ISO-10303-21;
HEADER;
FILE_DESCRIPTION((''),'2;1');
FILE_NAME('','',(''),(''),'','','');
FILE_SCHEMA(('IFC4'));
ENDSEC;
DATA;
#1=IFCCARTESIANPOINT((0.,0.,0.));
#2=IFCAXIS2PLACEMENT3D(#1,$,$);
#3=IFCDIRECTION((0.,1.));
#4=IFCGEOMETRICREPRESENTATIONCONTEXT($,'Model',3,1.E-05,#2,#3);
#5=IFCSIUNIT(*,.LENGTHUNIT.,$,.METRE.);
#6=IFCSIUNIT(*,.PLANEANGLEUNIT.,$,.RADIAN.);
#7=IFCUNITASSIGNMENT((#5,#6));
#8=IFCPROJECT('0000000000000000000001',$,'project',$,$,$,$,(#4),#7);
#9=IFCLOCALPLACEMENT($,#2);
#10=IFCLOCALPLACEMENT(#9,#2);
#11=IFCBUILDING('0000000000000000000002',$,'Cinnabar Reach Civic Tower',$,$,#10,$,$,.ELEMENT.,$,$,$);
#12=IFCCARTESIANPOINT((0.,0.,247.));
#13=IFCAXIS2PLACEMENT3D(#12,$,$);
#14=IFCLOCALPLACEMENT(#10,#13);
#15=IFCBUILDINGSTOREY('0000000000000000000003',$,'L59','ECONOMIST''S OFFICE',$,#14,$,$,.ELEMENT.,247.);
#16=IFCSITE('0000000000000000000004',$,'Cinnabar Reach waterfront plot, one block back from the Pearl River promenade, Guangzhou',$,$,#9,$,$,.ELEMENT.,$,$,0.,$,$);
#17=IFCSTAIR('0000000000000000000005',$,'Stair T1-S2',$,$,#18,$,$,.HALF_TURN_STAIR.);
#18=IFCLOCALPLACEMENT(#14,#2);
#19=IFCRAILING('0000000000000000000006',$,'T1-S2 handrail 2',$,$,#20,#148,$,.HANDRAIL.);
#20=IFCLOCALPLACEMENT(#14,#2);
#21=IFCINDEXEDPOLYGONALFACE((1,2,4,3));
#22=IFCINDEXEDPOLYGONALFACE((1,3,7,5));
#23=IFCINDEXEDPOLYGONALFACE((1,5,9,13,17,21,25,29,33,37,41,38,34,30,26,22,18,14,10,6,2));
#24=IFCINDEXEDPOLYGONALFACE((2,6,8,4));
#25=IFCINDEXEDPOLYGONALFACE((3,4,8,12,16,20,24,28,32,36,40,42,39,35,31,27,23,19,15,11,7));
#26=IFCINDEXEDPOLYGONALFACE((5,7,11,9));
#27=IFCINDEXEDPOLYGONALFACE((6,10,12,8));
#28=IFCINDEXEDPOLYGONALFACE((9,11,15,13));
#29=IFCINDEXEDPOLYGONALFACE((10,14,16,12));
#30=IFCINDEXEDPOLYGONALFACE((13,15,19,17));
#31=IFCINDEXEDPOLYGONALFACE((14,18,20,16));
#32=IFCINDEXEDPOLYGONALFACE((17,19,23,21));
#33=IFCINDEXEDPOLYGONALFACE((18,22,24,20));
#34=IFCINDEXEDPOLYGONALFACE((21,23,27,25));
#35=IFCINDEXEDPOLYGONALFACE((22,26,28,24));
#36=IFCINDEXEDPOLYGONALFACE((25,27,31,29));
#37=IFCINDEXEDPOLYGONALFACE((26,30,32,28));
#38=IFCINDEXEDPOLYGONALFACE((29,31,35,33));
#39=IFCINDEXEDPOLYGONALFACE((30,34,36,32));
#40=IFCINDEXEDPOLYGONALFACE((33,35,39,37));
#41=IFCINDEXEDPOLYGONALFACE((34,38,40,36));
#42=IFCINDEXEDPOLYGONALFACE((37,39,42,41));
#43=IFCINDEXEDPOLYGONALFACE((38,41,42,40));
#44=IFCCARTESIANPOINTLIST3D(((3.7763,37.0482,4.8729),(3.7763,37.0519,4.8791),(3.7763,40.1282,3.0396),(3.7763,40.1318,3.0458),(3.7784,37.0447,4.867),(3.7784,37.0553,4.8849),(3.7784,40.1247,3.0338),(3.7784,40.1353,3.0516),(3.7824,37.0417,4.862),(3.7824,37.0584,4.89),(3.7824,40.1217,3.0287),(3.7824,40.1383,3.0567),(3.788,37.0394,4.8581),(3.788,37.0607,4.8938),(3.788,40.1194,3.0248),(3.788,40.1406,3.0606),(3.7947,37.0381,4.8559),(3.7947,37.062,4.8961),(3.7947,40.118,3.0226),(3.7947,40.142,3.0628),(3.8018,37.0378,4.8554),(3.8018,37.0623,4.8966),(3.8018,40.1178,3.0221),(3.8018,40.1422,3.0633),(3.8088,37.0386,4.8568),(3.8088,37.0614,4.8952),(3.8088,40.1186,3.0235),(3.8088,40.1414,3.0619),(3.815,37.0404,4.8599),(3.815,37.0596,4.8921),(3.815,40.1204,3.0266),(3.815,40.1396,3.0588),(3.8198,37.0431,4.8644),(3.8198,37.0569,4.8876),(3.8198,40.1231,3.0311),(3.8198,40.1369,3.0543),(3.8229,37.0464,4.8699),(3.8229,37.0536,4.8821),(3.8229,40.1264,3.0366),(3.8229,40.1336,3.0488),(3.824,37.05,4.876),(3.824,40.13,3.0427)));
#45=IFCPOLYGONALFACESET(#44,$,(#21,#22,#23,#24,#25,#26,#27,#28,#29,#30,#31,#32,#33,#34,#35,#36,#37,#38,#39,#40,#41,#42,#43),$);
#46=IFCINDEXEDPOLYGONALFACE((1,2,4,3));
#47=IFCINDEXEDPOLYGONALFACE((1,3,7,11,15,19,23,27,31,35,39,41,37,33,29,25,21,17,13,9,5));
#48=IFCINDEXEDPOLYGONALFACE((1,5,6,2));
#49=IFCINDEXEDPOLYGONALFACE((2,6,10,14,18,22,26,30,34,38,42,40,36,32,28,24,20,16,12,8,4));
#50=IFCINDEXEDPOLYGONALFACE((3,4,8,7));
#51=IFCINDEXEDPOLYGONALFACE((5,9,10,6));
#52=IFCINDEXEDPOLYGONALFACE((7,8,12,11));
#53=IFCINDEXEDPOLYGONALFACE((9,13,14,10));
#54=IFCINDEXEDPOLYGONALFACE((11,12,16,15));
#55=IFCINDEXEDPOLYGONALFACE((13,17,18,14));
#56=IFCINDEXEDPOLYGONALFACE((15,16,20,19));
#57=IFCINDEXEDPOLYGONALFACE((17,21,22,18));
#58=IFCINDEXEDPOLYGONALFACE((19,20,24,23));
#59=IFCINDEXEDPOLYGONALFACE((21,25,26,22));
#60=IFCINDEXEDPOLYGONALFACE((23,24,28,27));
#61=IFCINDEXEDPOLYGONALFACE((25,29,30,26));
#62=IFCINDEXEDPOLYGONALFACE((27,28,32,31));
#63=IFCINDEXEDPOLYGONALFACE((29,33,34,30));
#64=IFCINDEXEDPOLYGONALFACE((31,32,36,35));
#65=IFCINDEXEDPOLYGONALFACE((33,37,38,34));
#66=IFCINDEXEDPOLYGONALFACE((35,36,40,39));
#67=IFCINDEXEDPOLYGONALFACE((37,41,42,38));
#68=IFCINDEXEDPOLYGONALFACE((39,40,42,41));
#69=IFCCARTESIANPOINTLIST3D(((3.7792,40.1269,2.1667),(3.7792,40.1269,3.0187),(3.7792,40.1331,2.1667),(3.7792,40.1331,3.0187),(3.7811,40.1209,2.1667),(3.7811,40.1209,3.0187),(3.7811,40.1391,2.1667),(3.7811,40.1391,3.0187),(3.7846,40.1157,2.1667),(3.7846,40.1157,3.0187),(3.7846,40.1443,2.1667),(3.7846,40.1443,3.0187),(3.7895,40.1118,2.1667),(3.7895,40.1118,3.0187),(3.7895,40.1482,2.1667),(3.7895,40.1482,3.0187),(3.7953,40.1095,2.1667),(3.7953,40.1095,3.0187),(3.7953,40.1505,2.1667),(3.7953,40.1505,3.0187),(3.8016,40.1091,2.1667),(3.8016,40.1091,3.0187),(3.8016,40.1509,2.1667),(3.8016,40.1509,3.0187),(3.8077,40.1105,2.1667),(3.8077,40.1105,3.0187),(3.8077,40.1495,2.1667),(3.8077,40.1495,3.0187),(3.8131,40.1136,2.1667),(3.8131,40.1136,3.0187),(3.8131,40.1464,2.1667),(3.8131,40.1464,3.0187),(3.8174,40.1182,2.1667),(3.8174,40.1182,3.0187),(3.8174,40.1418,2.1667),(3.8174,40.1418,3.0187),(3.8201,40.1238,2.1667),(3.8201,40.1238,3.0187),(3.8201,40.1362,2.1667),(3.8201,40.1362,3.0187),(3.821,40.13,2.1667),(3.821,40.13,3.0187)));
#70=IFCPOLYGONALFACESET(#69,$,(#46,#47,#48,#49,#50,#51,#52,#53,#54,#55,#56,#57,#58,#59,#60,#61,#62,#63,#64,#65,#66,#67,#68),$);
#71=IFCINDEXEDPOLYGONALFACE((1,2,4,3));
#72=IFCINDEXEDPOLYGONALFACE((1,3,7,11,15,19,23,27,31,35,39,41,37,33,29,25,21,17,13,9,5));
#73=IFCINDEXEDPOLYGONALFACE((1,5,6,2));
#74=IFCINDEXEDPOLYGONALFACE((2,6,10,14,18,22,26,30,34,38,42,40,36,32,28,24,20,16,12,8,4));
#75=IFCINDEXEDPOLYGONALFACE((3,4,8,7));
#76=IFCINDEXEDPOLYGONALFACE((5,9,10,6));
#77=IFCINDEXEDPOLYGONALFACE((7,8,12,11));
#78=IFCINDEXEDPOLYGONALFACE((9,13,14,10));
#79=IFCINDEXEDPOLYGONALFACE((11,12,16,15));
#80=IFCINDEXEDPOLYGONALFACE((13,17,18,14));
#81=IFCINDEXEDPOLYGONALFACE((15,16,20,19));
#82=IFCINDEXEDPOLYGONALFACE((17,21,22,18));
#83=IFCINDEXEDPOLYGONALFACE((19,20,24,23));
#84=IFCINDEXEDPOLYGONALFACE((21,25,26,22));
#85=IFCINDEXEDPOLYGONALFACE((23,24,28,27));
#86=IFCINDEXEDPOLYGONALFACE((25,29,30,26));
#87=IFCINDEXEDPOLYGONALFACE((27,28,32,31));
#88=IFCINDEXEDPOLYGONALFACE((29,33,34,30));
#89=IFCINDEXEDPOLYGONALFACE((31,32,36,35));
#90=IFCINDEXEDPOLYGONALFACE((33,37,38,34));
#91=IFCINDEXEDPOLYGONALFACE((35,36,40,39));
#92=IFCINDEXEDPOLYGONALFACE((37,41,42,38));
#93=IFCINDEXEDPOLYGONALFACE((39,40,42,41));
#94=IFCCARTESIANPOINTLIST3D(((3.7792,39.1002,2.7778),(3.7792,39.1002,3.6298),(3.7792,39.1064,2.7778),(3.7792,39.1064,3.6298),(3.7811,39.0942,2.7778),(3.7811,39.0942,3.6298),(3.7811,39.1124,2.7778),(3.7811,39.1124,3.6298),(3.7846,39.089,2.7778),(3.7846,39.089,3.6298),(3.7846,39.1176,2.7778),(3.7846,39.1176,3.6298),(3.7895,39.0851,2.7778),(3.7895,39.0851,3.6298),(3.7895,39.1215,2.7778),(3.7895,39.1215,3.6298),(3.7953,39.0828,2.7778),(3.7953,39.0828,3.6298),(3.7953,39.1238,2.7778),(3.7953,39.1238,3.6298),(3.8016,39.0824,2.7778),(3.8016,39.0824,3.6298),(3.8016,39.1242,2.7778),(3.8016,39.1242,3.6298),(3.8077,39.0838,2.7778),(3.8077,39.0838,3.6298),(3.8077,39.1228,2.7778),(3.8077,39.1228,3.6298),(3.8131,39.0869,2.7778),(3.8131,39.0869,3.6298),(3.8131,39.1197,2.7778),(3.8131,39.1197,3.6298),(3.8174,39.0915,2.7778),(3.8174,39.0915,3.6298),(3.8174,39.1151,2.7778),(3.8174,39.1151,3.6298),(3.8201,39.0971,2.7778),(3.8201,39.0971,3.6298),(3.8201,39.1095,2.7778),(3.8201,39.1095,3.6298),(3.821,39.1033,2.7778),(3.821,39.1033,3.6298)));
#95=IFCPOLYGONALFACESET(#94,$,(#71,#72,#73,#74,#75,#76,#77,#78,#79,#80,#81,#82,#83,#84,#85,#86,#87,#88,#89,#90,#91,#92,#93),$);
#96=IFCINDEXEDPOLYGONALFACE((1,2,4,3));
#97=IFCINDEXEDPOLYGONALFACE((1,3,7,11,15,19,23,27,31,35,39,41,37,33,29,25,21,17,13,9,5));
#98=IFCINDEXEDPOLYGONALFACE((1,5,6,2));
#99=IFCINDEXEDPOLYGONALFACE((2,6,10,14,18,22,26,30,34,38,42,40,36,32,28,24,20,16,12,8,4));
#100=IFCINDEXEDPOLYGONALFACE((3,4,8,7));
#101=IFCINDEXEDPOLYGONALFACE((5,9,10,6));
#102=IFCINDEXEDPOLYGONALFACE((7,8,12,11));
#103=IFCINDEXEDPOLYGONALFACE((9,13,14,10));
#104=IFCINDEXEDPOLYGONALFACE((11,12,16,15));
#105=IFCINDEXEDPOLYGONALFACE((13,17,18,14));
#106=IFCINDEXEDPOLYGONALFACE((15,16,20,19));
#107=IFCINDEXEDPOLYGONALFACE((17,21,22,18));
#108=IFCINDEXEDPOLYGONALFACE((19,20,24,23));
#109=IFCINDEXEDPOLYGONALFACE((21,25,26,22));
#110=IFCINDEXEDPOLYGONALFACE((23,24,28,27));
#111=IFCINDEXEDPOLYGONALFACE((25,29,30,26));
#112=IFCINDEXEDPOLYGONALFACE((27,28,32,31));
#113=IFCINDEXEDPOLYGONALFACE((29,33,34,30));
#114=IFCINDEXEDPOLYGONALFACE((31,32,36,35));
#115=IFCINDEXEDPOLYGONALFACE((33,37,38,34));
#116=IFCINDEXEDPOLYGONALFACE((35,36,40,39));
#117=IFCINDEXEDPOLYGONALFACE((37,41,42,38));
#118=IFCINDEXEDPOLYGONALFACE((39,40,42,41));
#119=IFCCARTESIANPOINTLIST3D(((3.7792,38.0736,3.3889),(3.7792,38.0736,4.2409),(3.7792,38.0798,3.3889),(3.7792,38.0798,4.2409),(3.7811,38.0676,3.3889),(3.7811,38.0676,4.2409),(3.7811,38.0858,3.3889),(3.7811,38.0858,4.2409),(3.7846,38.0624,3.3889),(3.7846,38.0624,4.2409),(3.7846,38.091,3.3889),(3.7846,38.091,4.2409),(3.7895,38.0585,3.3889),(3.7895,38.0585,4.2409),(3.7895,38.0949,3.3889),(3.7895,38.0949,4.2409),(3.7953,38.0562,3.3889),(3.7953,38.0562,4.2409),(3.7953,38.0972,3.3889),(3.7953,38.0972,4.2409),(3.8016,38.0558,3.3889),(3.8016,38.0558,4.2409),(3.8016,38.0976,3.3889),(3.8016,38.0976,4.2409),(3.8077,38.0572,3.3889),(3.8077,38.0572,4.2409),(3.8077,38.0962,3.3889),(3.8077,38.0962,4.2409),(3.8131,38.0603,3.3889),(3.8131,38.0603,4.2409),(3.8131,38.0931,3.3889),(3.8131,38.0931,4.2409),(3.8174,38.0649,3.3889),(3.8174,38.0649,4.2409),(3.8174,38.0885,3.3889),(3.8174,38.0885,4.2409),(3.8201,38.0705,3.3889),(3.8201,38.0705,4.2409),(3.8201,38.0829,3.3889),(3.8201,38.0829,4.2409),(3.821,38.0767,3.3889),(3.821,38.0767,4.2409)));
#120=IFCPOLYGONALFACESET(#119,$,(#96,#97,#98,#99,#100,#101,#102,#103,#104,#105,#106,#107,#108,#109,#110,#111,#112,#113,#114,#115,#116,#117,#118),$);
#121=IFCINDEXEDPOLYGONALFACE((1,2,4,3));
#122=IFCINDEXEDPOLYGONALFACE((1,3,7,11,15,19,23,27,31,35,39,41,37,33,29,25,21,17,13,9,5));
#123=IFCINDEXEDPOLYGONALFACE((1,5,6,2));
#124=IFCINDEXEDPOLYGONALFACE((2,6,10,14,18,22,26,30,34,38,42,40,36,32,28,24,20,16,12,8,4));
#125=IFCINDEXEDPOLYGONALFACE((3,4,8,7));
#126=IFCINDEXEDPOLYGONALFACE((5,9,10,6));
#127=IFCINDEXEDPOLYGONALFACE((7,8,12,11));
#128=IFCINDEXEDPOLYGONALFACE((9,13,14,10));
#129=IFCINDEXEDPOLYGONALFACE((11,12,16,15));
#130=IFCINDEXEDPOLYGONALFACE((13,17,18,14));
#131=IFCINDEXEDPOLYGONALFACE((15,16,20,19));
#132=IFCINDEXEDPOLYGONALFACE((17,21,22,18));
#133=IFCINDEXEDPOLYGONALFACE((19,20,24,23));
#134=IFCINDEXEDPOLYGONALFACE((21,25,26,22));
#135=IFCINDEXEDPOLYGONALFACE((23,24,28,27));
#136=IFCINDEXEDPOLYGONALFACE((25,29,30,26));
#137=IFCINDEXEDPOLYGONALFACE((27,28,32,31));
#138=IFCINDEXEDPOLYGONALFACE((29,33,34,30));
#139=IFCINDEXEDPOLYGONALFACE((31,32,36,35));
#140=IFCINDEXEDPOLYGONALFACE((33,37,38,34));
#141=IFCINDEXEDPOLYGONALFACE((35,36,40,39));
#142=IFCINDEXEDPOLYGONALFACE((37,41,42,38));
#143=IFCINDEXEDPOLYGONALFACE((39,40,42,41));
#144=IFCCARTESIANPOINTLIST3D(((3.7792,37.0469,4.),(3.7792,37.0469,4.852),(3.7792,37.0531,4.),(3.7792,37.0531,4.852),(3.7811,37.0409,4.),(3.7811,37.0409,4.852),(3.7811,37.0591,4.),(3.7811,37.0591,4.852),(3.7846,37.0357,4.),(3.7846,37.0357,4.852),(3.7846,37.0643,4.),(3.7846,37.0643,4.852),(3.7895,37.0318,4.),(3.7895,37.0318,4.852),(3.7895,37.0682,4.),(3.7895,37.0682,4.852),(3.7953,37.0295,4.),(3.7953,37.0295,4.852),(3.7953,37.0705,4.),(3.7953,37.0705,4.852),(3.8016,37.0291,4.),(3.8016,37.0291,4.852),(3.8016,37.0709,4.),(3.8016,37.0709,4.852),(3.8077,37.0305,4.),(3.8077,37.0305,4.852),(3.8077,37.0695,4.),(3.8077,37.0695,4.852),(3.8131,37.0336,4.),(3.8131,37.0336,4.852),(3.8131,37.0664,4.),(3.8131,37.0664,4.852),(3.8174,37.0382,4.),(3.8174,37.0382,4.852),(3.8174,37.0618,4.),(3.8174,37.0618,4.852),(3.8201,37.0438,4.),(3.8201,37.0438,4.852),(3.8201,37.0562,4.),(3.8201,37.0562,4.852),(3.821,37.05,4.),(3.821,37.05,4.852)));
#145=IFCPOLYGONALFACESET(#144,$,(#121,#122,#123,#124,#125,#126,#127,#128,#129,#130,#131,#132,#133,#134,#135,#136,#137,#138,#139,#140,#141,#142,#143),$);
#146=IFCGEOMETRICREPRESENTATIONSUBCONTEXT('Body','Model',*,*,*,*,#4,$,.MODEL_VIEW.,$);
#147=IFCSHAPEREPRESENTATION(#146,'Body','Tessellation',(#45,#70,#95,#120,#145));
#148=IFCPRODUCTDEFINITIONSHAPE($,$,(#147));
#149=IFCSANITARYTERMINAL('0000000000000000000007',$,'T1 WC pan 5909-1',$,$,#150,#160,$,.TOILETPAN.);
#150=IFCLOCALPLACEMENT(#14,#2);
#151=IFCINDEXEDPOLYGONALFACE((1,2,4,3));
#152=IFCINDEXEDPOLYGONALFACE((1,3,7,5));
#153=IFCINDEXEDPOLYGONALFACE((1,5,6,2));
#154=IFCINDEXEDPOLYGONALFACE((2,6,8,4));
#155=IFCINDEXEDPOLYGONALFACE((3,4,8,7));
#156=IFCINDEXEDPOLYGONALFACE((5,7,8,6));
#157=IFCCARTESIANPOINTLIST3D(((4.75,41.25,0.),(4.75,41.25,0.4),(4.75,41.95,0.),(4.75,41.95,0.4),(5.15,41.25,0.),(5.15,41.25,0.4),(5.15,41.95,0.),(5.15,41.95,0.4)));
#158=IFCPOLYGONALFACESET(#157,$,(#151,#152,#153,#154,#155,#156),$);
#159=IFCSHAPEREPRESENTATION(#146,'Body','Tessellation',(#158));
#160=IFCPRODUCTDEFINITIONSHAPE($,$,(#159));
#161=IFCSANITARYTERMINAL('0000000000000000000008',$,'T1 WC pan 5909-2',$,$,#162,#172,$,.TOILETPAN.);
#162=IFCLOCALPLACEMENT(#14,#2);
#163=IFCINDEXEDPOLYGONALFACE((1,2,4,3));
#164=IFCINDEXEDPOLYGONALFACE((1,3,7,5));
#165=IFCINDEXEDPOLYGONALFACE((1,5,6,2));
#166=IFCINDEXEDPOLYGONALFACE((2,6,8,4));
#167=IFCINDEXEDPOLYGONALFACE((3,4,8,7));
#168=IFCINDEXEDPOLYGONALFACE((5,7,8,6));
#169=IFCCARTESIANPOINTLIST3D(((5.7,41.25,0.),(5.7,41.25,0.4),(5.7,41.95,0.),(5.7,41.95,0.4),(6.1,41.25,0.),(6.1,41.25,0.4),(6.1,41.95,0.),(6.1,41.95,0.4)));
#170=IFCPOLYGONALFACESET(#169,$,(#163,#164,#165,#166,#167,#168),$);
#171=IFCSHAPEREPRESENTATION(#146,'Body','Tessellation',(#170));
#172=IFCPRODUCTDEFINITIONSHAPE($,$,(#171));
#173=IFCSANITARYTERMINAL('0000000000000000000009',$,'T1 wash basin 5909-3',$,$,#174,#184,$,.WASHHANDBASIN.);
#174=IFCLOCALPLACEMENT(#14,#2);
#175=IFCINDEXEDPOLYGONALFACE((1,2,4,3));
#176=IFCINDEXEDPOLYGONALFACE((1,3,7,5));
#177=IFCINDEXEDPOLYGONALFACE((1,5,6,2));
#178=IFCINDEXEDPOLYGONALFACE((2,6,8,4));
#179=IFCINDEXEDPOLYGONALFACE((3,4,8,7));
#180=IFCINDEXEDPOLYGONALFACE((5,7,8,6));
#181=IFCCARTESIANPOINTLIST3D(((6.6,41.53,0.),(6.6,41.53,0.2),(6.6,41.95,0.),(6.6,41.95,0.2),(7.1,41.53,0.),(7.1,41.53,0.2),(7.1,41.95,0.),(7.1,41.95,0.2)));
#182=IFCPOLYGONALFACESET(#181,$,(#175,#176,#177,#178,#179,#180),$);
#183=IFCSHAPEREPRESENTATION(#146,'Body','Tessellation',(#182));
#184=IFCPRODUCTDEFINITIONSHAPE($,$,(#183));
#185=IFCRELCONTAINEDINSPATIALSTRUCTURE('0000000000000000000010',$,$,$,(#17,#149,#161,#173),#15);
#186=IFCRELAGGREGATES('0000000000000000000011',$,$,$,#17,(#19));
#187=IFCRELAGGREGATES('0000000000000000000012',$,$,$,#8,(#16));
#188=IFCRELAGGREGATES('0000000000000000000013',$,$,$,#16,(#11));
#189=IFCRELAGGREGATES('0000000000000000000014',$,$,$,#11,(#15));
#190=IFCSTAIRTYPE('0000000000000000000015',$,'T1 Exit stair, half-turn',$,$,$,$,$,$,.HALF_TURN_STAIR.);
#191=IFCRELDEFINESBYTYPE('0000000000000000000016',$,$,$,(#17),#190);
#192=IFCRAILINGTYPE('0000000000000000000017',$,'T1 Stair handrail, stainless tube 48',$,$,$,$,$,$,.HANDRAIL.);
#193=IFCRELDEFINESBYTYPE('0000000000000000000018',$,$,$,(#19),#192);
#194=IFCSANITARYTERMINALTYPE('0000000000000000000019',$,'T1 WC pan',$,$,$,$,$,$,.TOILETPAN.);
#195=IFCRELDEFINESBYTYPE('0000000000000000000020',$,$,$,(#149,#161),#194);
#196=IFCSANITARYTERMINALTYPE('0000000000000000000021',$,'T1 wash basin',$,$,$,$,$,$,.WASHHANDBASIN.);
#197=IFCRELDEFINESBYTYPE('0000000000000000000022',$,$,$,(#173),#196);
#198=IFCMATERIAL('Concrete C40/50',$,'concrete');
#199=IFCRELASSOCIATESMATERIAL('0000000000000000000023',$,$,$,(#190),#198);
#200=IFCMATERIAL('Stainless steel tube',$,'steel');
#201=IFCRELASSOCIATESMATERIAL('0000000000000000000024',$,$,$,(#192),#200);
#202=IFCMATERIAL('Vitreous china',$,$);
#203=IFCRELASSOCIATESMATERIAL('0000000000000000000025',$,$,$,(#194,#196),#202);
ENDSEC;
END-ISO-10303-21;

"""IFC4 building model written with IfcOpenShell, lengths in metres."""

from ifc_helpers import new_model, si_unit, direction, frame, origin, origin_2d, place, context, subcontext, project, spatial, rectangle, circle, extrude, material, type_object, element, aggregate, save


model = new_model("IFC4")

# Units and contexts
model_context = context("Model", 3, precision=1e-05, world=origin(), true_north=direction((0.0, 1.0)))
body_context = subcontext(model_context, "Body", "Model", "MODEL_VIEW")
ifc_project = project(units=[si_unit("LENGTHUNIT", "METRE"), si_unit("PLANEANGLEUNIT", "RADIAN")], contexts=[model_context])

# Site, building, storey
site_placement = place(None, origin())
site = spatial("IfcSite", under=ifc_project, at=site_placement, Name="Cinnabar Reach waterfront plot, one block back from the Pearl River promenade, Guangzhou", CompositionType="ELEMENT", RefElevation=0.0)
building_placement = place(site_placement, origin())
building = spatial("IfcBuilding", under=site, at=building_placement, Name="Cinnabar Reach Civic Tower", CompositionType="ELEMENT")
storey_placement = place(building_placement, frame((0.0, 0.0, 247.0)))
storey = spatial("IfcBuildingStorey", under=building, at=storey_placement, Name="L59", Description="ECONOMIST'S OFFICE", CompositionType="ELEMENT", Elevation=247.0)

# Shared definitions
ifc_material_1 = material(Name="Concrete C40/50", Category="concrete")

# Stair, railing
stair_type = type_object("IfcStairType", Name="T1 Exit stair, half-turn", PredefinedType="HALF_TURN_STAIR", material=ifc_material_1)
stair_placement = place(storey_placement, origin())
stair = element("IfcStair", 1, at=stair_placement, inside=storey, type_object=stair_type, Name="Stair T1-S2", PredefinedType="HALF_TURN_STAIR")
ifc_material_2 = material(Name="Stainless steel tube", Category="steel")
railing_type = type_object("IfcRailingType", Name="T1 Stair handrail, stainless tube 48", PredefinedType="HANDRAIL", material=ifc_material_2)
railing_1_placement = place(storey_placement, frame((3.8, 40.13, 2.1667)))
railing_1 = element("IfcRailing", 2, at=railing_1_placement, type_object=railing_type, Name="T1-S2 handrail 2", PredefinedType="HANDRAIL", context=body_context, shape_type="SweptSolid", body=[
    extrude(circle(Radius=0.024, at=origin_2d()), frame((0.0, 0.0, 0.876), z_axis=(0.0, -0.859297, 0.511477), x_axis=(1.0, 0.0, 0.0)), (0.0, 0.0, 1.0), 3.5843),
    extrude(circle(Radius=0.021, at=origin_2d()), origin(), (0.0, 0.0, 1.0), 0.852),
    extrude(circle(Radius=0.021, at=origin_2d()), frame((0.0, -1.0267, 0.6111)), (0.0, 0.0, 1.0), 0.852),
    extrude(circle(Radius=0.021, at=origin_2d()), frame((0.0, -2.0533, 1.2222)), (0.0, 0.0, 1.0), 0.852),
    extrude(circle(Radius=0.021, at=origin_2d()), frame((0.0, -3.08, 1.8333)), (0.0, 0.0, 1.0), 0.852),
])
aggregate(stair, [railing_1])

# Sanitary terminals
ifc_material_3 = material(Name="Vitreous china")
sanitary_terminal_type_1 = type_object("IfcSanitaryTerminalType", Name="T1 WC pan", PredefinedType="TOILETPAN", material=ifc_material_3)
for number, where, z_axis, x_axis, name in (
    (3, (4.95, 41.6, 0.0), (0.0, 0.0, 1.0), (1.0, 0.0, 0.0), "T1 WC pan 5909-1"),
    (4, (5.9, 41.6, 0.0), (0.0, 0.0, 1.0), (1.0, 0.0, 0.0), "T1 WC pan 5909-2"),
):
    element("IfcSanitaryTerminal", number, at=place(storey_placement, frame(where, z_axis=z_axis, x_axis=x_axis)), inside=storey, type_object=sanitary_terminal_type_1, Name=name, PredefinedType="TOILETPAN", context=body_context, shape_type="SweptSolid", body=[
        extrude(rectangle(XDim=0.4, YDim=0.7, at=origin_2d()), origin(), (0.0, 0.0, 1.0), 0.4),
    ])
sanitary_terminal_type_2 = type_object("IfcSanitaryTerminalType", Name="T1 wash basin", PredefinedType="WASHHANDBASIN", material=ifc_material_3)
sanitary_terminal_placement = place(storey_placement, frame((6.85, 41.74, 0.0), z_axis=(0.0, 0.0, 1.0), x_axis=(1.0, 0.0, 0.0)))
element("IfcSanitaryTerminal", 5, at=sanitary_terminal_placement, inside=storey, type_object=sanitary_terminal_type_2, Name="T1 wash basin 5909-3", PredefinedType="WASHHANDBASIN", context=body_context, shape_type="SweptSolid", body=[
    extrude(rectangle(XDim=0.5, YDim=0.42, at=origin_2d()), origin(), (0.0, 0.0, 1.0), 0.2),
])

save(model, "model.ifc")
